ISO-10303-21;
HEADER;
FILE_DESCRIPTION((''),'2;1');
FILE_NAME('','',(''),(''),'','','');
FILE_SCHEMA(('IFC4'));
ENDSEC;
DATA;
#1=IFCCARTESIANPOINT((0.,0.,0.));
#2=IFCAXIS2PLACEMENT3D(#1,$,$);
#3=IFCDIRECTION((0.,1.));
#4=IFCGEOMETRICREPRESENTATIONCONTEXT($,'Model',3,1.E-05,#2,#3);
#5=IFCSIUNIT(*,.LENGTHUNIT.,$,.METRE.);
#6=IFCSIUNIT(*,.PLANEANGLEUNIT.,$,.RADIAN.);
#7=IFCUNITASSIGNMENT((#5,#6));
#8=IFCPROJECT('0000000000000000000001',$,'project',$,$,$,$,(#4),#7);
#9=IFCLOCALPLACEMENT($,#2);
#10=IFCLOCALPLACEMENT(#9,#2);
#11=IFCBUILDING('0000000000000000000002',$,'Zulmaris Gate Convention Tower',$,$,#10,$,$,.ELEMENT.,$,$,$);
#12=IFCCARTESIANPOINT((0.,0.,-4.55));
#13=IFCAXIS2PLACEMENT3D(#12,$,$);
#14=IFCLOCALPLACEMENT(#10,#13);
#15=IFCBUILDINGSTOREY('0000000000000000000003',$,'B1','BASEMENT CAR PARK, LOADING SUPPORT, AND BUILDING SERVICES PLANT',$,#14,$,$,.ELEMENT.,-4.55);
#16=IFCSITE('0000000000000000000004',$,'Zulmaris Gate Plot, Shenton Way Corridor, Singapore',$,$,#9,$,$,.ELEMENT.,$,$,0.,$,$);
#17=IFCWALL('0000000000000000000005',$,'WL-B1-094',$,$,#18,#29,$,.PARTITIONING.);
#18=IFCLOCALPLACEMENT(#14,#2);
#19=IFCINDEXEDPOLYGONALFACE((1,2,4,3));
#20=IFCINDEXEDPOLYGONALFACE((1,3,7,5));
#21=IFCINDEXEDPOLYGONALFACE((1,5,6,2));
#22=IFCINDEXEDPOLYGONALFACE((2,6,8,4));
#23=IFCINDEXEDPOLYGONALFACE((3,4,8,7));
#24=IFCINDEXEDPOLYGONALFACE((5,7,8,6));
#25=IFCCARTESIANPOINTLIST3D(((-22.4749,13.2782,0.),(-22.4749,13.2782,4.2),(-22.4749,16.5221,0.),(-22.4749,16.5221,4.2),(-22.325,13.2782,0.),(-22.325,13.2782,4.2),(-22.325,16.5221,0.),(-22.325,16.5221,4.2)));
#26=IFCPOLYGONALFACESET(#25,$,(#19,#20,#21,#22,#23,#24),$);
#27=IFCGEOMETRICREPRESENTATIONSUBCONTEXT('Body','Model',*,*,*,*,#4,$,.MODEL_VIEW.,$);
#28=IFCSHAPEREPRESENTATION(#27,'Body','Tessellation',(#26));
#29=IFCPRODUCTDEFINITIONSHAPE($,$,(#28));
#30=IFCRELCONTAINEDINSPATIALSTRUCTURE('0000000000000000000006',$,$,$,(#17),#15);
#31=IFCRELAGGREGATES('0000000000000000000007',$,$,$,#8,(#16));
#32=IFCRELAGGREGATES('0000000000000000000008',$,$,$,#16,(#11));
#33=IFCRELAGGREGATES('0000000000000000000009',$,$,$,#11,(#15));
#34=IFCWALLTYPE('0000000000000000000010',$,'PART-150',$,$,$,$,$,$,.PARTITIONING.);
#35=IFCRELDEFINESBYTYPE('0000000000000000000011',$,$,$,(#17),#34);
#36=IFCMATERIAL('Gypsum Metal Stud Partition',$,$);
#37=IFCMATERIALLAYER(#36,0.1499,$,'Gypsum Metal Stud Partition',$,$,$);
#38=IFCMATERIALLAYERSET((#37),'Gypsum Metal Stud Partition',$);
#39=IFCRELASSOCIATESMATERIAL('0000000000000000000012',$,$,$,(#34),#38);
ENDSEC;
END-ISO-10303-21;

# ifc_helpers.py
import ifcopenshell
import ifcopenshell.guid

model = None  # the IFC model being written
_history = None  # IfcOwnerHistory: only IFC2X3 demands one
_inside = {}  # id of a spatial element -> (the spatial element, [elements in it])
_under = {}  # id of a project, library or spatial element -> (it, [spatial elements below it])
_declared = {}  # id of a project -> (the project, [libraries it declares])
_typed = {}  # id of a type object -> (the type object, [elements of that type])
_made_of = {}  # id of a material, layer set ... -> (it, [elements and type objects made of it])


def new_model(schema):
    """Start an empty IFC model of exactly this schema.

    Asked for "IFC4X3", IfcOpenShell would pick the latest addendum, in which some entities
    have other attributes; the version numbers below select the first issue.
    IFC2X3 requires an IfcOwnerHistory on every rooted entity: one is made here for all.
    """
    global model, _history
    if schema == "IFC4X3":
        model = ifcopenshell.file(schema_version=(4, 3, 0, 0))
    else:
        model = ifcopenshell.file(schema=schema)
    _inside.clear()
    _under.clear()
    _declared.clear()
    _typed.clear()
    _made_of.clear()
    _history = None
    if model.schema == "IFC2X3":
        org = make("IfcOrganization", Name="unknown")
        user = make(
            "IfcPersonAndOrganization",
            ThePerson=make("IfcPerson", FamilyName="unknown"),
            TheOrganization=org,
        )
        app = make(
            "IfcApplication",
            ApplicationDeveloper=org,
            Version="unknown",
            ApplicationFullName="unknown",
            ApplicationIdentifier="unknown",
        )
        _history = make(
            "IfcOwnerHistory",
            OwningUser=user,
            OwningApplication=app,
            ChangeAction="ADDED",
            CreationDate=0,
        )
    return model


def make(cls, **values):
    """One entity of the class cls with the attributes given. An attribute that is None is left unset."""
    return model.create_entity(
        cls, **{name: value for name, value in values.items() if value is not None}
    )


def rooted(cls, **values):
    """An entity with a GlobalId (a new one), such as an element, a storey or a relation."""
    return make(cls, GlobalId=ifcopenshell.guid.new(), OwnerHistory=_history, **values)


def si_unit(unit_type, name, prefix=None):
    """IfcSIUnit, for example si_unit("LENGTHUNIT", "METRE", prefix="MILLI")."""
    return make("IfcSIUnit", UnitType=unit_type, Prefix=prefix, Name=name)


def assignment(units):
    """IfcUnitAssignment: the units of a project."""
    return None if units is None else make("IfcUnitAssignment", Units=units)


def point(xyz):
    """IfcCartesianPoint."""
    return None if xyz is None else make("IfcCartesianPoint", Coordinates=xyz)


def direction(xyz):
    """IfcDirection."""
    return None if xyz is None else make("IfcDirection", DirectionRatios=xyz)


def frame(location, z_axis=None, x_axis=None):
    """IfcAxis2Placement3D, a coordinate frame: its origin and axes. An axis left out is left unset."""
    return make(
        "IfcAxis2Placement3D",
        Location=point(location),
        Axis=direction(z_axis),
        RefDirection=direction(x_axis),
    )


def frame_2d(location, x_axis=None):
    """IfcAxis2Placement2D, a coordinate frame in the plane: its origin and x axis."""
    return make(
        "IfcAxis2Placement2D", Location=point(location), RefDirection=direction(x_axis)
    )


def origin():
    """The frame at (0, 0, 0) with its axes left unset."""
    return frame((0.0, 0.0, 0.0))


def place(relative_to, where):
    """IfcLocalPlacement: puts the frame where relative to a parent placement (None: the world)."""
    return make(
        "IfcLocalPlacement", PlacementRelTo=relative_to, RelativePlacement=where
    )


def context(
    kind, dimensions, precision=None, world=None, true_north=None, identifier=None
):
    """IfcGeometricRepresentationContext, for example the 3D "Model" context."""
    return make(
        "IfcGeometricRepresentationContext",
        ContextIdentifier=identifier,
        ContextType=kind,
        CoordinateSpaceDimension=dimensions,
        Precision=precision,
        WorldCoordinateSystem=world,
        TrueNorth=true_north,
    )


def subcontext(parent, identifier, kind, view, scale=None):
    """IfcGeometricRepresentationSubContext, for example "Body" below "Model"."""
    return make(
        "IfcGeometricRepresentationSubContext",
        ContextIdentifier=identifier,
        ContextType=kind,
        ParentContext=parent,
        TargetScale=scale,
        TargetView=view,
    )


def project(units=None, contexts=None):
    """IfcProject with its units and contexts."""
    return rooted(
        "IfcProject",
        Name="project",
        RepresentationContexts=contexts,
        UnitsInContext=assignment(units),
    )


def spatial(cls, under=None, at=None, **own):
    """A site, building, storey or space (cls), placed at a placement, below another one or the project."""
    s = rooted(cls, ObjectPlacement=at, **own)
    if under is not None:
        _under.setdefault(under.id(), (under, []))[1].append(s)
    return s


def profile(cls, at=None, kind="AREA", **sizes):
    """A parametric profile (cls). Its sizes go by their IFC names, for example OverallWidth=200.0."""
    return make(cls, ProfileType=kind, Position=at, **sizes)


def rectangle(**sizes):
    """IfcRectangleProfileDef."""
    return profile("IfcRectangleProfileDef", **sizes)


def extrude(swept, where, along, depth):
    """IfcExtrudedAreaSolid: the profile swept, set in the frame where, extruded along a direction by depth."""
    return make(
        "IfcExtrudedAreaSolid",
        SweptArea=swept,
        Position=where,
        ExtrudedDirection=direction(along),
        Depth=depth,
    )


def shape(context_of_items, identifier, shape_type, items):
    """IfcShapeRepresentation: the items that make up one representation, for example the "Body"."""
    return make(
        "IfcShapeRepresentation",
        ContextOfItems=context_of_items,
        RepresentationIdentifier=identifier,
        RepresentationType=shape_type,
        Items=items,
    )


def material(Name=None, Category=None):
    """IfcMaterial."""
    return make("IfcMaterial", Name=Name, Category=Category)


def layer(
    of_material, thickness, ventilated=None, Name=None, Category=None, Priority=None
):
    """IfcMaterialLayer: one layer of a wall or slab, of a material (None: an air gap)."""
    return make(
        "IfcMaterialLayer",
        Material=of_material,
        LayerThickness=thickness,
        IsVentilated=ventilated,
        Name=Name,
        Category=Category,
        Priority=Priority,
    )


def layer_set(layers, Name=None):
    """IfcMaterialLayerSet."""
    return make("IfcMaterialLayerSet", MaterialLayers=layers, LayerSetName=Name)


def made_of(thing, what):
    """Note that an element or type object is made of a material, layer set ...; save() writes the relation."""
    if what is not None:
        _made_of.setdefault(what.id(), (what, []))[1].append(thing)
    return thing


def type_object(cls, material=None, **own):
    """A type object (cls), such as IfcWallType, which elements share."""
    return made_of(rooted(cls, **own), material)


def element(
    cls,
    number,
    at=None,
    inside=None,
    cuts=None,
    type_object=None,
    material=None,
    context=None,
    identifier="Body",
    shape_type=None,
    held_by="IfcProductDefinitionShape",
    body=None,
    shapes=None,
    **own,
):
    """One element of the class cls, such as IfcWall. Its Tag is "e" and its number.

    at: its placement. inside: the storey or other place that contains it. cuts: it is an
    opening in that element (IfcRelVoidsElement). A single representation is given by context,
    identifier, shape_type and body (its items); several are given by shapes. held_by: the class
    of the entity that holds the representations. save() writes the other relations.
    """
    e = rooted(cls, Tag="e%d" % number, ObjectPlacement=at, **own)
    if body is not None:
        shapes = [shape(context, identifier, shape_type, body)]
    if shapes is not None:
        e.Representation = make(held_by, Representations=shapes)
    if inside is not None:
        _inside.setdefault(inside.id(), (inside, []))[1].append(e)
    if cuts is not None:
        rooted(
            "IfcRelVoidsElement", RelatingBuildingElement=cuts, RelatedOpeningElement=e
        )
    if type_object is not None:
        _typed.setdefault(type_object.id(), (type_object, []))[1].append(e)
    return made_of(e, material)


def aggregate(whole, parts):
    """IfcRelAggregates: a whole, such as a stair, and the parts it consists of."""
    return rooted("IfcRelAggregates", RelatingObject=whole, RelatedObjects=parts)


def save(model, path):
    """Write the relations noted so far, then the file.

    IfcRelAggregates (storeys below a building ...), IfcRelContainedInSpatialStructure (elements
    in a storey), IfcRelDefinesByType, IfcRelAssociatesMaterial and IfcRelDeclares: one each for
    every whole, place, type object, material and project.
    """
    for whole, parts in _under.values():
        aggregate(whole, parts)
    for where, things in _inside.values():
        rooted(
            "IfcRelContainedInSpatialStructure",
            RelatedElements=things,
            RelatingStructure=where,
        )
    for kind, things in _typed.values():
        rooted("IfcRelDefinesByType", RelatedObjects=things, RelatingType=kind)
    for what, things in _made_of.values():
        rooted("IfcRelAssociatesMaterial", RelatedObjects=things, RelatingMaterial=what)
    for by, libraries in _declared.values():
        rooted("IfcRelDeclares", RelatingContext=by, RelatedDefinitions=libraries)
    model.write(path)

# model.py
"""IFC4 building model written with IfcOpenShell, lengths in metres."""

from ifc_helpers import new_model, si_unit, direction, frame, frame_2d, origin, place, context, subcontext, project, spatial, rectangle, extrude, material, layer, layer_set, type_object, element, save


model = new_model("IFC4")

# Units and contexts
model_context = context("Model", 3, precision=1e-05, world=origin(), true_north=direction((0.0, 1.0)))
body_context = subcontext(model_context, "Body", "Model", "MODEL_VIEW")
ifc_project = project(units=[si_unit("LENGTHUNIT", "METRE"), si_unit("PLANEANGLEUNIT", "RADIAN")], contexts=[model_context])

# Site, building, storey
site_placement = place(None, origin())
site = spatial("IfcSite", under=ifc_project, at=site_placement, Name="Zulmaris Gate Plot, Shenton Way Corridor, Singapore", CompositionType="ELEMENT", RefElevation=0.0)
building_placement = place(site_placement, origin())
building = spatial("IfcBuilding", under=site, at=building_placement, Name="Zulmaris Gate Convention Tower", CompositionType="ELEMENT")
storey_placement = place(building_placement, frame((0.0, 0.0, -4.55)))
storey = spatial("IfcBuildingStorey", under=building, at=storey_placement, Name="B1", Description="BASEMENT CAR PARK, LOADING SUPPORT, AND BUILDING SERVICES PLANT", CompositionType="ELEMENT", Elevation=-4.55)

# Shared definitions
ifc_material_1 = material(Name="Gypsum Metal Stud Partition")
ifc_layer_1 = layer(ifc_material_1, 0.1499, Name="Gypsum Metal Stud Partition")
ifc_layer_set_1 = layer_set([ifc_layer_1], Name="Gypsum Metal Stud Partition")
wall_type_1 = type_object("IfcWallType", Name="PART-150", PredefinedType="PARTITIONING", material=ifc_layer_set_1)

# Wall
wall_1_placement = place(storey_placement, frame((-22.3999, 13.2781, 0.0), z_axis=(0.0, 0.0, 1.0), x_axis=(0.0, 1.0, 0.0)))
element("IfcWall", 1, at=wall_1_placement, inside=storey, type_object=wall_type_1, Name="WL-B1-094", PredefinedType="PARTITIONING", context=body_context, shape_type="SweptSolid", body=[
    extrude(rectangle(XDim=3.2439, YDim=0.1499, at=frame_2d((1.6221, 0.0))), origin(), (0.0, 0.0, 1.0), 4.2),
])

save(model, "model.ifc")
